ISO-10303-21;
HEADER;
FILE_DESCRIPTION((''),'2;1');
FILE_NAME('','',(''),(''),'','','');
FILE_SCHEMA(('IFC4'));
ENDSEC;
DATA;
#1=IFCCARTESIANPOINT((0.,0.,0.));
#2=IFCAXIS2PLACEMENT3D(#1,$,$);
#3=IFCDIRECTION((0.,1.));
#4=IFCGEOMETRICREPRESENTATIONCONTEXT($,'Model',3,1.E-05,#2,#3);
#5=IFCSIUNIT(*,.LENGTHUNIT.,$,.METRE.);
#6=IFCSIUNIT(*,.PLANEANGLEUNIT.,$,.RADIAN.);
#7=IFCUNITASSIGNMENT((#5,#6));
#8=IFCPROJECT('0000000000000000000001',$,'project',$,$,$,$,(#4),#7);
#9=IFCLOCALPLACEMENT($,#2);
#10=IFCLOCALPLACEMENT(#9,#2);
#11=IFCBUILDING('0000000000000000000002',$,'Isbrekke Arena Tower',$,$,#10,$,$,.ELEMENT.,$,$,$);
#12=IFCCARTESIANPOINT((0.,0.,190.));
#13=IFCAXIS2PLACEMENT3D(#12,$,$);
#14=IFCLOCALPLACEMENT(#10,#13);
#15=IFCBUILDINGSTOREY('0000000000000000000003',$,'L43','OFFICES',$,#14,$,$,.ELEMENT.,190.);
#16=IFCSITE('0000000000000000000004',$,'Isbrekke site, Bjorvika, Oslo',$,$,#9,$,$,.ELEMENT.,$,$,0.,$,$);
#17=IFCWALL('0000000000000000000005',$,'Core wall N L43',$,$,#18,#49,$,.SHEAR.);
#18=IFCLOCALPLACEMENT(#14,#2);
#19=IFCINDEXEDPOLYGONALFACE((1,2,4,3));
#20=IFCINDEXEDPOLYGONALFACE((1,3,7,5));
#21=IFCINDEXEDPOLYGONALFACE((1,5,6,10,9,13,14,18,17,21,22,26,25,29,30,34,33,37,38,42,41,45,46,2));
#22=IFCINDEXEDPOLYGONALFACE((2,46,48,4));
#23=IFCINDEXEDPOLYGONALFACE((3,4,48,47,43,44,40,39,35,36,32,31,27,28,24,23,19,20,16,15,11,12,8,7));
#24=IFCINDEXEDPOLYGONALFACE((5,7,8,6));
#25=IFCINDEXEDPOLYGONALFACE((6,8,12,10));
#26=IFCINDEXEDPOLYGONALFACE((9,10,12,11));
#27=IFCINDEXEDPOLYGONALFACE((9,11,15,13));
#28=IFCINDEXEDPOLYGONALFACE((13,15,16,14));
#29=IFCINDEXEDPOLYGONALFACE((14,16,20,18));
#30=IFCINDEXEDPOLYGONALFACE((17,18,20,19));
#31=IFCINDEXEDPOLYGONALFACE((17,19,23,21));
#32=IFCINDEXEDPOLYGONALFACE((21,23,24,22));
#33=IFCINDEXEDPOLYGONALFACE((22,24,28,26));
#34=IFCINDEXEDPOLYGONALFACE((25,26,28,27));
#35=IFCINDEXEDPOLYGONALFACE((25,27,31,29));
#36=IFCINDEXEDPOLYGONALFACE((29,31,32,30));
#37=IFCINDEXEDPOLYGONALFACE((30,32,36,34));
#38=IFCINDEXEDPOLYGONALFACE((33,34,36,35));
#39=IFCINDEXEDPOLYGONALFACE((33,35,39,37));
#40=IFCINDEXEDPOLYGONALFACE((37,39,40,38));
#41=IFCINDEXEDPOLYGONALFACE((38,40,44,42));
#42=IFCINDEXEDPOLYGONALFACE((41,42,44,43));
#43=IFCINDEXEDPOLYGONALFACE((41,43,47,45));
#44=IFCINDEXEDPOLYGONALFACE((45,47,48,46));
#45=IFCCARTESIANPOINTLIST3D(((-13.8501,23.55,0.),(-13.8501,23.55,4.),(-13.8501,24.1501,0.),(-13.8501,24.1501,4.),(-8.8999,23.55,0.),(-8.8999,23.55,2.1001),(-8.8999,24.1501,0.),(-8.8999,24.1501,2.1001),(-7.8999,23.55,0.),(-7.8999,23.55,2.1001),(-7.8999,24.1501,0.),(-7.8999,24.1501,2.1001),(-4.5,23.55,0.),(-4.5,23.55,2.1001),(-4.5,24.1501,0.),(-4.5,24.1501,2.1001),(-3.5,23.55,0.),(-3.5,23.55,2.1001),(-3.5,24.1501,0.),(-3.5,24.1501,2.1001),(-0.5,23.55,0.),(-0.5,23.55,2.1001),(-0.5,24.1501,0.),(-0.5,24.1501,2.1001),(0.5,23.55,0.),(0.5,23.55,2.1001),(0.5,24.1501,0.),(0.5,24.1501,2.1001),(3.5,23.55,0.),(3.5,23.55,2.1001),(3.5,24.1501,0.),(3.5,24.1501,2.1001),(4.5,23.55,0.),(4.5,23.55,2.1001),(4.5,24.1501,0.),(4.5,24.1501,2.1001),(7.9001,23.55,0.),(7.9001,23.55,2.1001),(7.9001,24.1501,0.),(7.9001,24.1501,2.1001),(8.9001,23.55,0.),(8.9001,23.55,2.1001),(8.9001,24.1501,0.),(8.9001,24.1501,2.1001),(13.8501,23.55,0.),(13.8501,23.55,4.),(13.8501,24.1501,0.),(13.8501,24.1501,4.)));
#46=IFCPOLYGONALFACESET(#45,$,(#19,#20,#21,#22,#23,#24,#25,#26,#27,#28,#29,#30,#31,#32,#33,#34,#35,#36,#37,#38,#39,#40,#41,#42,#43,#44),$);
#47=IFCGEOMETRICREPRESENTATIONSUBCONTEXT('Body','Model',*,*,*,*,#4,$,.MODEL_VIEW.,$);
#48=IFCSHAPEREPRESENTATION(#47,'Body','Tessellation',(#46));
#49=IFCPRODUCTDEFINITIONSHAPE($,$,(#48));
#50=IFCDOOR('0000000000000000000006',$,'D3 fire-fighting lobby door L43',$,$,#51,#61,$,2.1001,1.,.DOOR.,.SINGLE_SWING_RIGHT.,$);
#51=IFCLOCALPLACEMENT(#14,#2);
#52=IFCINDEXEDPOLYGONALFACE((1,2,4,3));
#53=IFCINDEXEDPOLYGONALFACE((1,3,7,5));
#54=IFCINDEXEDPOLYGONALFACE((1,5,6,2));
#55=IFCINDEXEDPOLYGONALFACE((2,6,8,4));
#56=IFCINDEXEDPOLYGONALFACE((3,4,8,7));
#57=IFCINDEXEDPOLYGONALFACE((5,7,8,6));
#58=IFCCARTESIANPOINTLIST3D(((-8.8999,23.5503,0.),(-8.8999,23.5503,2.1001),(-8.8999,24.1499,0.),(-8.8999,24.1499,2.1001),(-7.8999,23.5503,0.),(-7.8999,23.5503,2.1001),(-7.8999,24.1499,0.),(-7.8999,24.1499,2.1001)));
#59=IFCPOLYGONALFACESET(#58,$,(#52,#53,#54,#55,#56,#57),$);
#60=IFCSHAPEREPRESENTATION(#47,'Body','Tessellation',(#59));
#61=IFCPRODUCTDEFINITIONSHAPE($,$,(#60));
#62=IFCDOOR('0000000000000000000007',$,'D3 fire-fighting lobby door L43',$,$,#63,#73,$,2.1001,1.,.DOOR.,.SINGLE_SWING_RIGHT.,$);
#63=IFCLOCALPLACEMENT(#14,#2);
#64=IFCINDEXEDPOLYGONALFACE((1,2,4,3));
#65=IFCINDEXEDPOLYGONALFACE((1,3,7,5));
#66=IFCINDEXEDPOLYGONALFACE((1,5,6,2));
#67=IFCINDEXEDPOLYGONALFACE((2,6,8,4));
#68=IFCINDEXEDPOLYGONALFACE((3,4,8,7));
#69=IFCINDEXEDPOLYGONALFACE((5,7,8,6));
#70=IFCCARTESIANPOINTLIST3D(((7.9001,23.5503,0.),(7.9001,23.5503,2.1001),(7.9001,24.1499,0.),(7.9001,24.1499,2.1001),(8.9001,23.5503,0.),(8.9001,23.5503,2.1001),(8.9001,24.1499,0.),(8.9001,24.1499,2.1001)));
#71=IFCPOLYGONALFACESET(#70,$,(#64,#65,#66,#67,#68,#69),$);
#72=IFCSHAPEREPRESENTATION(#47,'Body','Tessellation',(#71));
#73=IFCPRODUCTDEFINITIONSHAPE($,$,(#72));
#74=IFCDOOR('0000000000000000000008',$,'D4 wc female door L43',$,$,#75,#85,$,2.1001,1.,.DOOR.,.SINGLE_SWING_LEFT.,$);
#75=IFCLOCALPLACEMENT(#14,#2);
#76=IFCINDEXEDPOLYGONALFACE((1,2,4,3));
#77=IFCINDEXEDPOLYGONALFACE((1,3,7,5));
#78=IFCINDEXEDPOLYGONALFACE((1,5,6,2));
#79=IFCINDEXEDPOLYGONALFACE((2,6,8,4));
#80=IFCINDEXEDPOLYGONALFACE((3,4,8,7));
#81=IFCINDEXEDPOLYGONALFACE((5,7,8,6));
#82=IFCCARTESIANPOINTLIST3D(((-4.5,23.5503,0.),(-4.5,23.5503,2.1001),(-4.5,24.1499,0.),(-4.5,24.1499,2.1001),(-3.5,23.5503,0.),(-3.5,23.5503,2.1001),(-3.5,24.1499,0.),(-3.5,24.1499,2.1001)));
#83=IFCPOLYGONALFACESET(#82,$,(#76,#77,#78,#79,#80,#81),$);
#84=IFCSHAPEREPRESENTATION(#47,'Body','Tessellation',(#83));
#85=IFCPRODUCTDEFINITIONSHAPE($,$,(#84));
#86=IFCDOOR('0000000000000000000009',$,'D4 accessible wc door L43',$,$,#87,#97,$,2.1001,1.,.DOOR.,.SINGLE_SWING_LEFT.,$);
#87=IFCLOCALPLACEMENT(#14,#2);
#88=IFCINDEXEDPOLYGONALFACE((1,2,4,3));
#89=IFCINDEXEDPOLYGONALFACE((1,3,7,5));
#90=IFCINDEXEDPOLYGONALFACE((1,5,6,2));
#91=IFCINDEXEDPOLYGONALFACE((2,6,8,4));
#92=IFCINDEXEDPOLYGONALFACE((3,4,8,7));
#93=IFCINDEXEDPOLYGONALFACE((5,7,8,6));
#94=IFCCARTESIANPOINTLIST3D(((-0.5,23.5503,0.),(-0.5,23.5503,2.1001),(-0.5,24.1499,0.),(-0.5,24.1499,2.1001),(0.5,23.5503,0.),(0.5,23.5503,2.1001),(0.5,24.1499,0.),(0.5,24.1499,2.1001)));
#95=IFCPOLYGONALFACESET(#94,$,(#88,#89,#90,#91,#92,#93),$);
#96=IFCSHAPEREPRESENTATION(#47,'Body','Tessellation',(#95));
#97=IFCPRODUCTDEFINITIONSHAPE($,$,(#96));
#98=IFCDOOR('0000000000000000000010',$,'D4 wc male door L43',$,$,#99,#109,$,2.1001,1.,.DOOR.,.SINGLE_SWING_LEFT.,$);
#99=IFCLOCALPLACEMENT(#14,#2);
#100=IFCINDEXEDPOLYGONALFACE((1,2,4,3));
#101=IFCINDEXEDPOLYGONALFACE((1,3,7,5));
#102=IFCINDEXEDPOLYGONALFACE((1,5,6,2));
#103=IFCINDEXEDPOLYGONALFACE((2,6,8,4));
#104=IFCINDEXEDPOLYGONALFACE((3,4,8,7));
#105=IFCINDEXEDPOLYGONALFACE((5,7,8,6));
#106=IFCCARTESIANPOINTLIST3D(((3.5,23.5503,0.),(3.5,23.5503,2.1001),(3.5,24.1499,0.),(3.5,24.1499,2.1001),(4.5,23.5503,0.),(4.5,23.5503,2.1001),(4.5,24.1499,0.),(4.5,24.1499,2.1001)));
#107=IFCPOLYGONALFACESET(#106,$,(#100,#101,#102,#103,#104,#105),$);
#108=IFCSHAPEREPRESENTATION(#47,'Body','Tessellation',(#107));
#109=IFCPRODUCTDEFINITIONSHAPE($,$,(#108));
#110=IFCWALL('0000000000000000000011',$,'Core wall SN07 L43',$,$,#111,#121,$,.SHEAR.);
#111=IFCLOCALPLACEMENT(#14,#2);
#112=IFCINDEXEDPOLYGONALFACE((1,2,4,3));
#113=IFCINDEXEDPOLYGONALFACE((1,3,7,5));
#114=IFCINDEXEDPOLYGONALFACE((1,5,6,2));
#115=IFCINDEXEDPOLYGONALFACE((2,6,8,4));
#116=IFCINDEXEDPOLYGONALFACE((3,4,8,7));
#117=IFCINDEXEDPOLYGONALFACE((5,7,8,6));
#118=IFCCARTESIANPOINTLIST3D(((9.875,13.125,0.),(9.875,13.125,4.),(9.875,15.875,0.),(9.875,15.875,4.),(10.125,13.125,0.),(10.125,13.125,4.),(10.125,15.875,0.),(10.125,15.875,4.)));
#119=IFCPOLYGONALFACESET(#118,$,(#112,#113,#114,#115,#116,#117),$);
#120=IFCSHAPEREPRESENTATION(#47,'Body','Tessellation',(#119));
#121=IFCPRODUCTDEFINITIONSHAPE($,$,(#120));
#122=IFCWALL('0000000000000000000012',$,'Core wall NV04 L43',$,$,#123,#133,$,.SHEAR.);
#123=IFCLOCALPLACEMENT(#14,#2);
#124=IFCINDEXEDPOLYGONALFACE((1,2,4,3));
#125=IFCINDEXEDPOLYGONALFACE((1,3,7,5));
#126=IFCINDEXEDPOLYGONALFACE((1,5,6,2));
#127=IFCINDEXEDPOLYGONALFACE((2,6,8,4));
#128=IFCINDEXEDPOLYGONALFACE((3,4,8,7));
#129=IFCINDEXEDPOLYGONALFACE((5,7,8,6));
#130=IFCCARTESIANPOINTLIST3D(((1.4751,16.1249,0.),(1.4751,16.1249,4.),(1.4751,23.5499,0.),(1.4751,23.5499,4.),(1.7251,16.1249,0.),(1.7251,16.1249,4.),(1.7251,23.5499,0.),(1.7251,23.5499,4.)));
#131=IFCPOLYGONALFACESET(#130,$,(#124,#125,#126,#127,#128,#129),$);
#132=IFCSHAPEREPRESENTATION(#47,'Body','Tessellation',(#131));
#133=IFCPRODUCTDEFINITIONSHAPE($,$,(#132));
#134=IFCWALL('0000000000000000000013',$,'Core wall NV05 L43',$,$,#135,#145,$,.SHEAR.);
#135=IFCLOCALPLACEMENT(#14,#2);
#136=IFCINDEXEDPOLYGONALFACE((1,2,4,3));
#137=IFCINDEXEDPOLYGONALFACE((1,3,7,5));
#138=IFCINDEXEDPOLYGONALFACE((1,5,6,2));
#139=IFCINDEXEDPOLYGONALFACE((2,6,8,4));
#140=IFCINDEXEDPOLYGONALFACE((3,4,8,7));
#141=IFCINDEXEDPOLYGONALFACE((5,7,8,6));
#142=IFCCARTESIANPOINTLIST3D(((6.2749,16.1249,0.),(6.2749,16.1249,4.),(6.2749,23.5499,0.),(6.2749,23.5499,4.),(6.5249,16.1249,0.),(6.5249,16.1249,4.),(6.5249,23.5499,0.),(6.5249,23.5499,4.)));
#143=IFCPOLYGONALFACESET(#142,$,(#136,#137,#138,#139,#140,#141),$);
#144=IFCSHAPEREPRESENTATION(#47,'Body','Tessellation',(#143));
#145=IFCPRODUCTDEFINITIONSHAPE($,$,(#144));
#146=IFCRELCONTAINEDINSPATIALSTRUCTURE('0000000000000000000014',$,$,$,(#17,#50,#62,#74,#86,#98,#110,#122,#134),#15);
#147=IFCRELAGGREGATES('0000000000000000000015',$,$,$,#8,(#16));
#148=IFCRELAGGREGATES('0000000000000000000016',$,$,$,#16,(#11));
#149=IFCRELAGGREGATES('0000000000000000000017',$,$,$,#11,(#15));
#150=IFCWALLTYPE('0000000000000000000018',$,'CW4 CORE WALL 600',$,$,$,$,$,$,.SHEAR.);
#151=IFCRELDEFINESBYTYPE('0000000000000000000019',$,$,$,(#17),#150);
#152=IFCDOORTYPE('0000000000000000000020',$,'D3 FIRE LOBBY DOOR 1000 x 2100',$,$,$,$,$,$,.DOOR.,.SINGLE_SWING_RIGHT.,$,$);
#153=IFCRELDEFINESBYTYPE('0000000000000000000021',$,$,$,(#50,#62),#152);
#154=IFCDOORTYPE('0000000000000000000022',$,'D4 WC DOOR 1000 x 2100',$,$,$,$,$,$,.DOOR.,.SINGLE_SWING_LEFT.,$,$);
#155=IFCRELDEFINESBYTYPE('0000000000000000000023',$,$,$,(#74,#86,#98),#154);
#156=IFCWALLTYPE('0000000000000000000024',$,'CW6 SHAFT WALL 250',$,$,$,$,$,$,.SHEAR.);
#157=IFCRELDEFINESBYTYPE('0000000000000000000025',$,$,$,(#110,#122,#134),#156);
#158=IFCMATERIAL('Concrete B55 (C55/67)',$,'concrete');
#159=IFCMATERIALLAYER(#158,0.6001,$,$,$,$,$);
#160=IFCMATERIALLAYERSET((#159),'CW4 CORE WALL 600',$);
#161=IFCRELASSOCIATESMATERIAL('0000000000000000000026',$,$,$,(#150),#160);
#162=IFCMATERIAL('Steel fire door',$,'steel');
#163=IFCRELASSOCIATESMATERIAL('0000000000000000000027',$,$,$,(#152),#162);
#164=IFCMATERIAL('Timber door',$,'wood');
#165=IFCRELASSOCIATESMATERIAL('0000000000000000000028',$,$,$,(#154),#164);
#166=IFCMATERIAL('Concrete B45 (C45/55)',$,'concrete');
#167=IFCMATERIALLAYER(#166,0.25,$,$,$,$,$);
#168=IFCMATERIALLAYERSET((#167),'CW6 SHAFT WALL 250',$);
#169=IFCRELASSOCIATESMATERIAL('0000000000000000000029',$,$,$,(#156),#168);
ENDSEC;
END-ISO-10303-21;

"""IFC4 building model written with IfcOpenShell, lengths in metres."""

from ifc_helpers import new_model, si_unit, direction, frame, frame_2d, origin, place, context, subcontext, project, spatial, rectangle, extrude, material, layer, layer_set, type_object, element, fill, save


model = new_model("IFC4")

# Units and contexts
model_context = context("Model", 3, precision=1e-05, world=origin(), true_north=direction((0.0, 1.0)))
body_context = subcontext(model_context, "Body", "Model", "MODEL_VIEW")
ifc_project = project(units=[si_unit("LENGTHUNIT", "METRE"), si_unit("PLANEANGLEUNIT", "RADIAN")], contexts=[model_context])

# Site, building, storey
site_placement = place(None, origin())
site = spatial("IfcSite", under=ifc_project, at=site_placement, Name="Isbrekke site, Bjorvika, Oslo", CompositionType="ELEMENT", RefElevation=0.0)
building_placement = place(site_placement, origin())
building = spatial("IfcBuilding", under=site, at=building_placement, Name="Isbrekke Arena Tower", CompositionType="ELEMENT")
storey_placement = place(building_placement, frame((0.0, 0.0, 190.0)))
storey = spatial("IfcBuildingStorey", under=building, at=storey_placement, Name="L43", Description="OFFICES", CompositionType="ELEMENT", Elevation=190.0)

# Wall, openings, doors
ifc_material_1 = material(Name="Concrete B55 (C55/67)", Category="concrete")
ifc_layer_1 = layer(ifc_material_1, 0.6001)
ifc_layer_set_1 = layer_set([ifc_layer_1], Name="CW4 CORE WALL 600")
wall_type_1 = type_object("IfcWallType", Name="CW4 CORE WALL 600", PredefinedType="SHEAR", material=ifc_layer_set_1)
wall_1_placement = place(storey_placement, frame((13.8501, 23.8501, 0.0), z_axis=(0.0, 0.0, 1.0), x_axis=(-1.0, 0.0, 0.0)))
wall_1 = element("IfcWall", 1, at=wall_1_placement, inside=storey, type_object=wall_type_1, Name="Core wall N L43", PredefinedType="SHEAR", context=body_context, shape_type="SweptSolid", body=[
    extrude(rectangle(XDim=27.7002, YDim=0.6001, at=frame_2d((13.8501, 0.0))), origin(), (0.0, 0.0, 1.0), 4.0),
])
opening_1_placement = place(wall_1_placement, frame((21.75, 0.0, 0.0)))
opening_1 = element("IfcOpeningElement", 2, at=opening_1_placement, cuts=wall_1, PredefinedType="OPENING", context=body_context, shape_type="SweptSolid", body=[
    extrude(rectangle(XDim=1.0, YDim=2.1001, at=frame_2d((0.5, 1.05))), frame((0.0, 0.3149, 0.0), z_axis=(0.0, -1.0, 0.0), x_axis=(1.0, 0.0, 0.0)), (0.0, 0.0, 1.0), 0.6299),
])
opening_2_placement = place(wall_1_placement, frame((4.95, 0.0, 0.0)))
opening_2 = element("IfcOpeningElement", 3, at=opening_2_placement, cuts=wall_1, PredefinedType="OPENING", context=body_context, shape_type="SweptSolid", body=[
    extrude(rectangle(XDim=1.0, YDim=2.1001, at=frame_2d((0.5, 1.05))), frame((0.0, 0.3149, 0.0), z_axis=(0.0, -1.0, 0.0), x_axis=(1.0, 0.0, 0.0)), (0.0, 0.0, 1.0), 0.6299),
])
opening_3_placement = place(wall_1_placement, frame((17.3501, 0.0, 0.0)))
opening_3 = element("IfcOpeningElement", 4, at=opening_3_placement, cuts=wall_1, PredefinedType="OPENING", context=body_context, shape_type="SweptSolid", body=[
    extrude(rectangle(XDim=1.0, YDim=2.1001, at=frame_2d((0.5, 1.05))), frame((0.0, 0.3149, 0.0), z_axis=(0.0, -1.0, 0.0), x_axis=(1.0, 0.0, 0.0)), (0.0, 0.0, 1.0), 0.6299),
])
opening_4_placement = place(wall_1_placement, frame((13.3501, 0.0, 0.0)))
opening_4 = element("IfcOpeningElement", 5, at=opening_4_placement, cuts=wall_1, PredefinedType="OPENING", context=body_context, shape_type="SweptSolid", body=[
    extrude(rectangle(XDim=1.0, YDim=2.1001, at=frame_2d((0.5, 1.05))), frame((0.0, 0.3149, 0.0), z_axis=(0.0, -1.0, 0.0), x_axis=(1.0, 0.0, 0.0)), (0.0, 0.0, 1.0), 0.6299),
])
opening_5_placement = place(wall_1_placement, frame((9.3501, 0.0, 0.0)))
opening_5 = element("IfcOpeningElement", 6, at=opening_5_placement, cuts=wall_1, PredefinedType="OPENING", context=body_context, shape_type="SweptSolid", body=[
    extrude(rectangle(XDim=1.0, YDim=2.1001, at=frame_2d((0.5, 1.05))), frame((0.0, 0.3149, 0.0), z_axis=(0.0, -1.0, 0.0), x_axis=(1.0, 0.0, 0.0)), (0.0, 0.0, 1.0), 0.6299),
])
ifc_material_2 = material(Name="Steel fire door", Category="steel")
door_type_1 = type_object("IfcDoorType", Name="D3 FIRE LOBBY DOOR 1000 x 2100", OperationType="SINGLE_SWING_RIGHT", PredefinedType="DOOR", material=ifc_material_2)
door_1_placement = place(opening_1_placement, origin())
door_1 = element("IfcDoor", 7, at=door_1_placement, inside=storey, type_object=door_type_1, Name="D3 fire-fighting lobby door L43", OperationType="SINGLE_SWING_RIGHT", OverallHeight=2.1001, OverallWidth=1.0, PredefinedType="DOOR", context=body_context, shape_type="SweptSolid", body=[
    extrude(rectangle(XDim=1.0, YDim=2.1001, at=frame_2d((0.5, 1.05))), frame((0.0, 0.2998, 0.0), z_axis=(0.0, -1.0, 0.0), x_axis=(1.0, 0.0, 0.0)), (0.0, 0.0, 1.0), 0.5996),
])
fill(opening_1, door_1)
door_2_placement = place(opening_2_placement, origin())
door_2 = element("IfcDoor", 8, at=door_2_placement, inside=storey, type_object=door_type_1, Name="D3 fire-fighting lobby door L43", OperationType="SINGLE_SWING_RIGHT", OverallHeight=2.1001, OverallWidth=1.0, PredefinedType="DOOR", context=body_context, shape_type="SweptSolid", body=[
    extrude(rectangle(XDim=1.0, YDim=2.1001, at=frame_2d((0.5, 1.05))), frame((0.0, 0.2998, 0.0), z_axis=(0.0, -1.0, 0.0), x_axis=(1.0, 0.0, 0.0)), (0.0, 0.0, 1.0), 0.5996),
])
fill(opening_2, door_2)
ifc_material_3 = material(Name="Timber door", Category="wood")
door_type_2 = type_object("IfcDoorType", Name="D4 WC DOOR 1000 x 2100", OperationType="SINGLE_SWING_LEFT", PredefinedType="DOOR", material=ifc_material_3)
door_3_placement = place(opening_3_placement, origin())
door_3 = element("IfcDoor", 9, at=door_3_placement, inside=storey, type_object=door_type_2, Name="D4 wc female door L43", OperationType="SINGLE_SWING_LEFT", OverallHeight=2.1001, OverallWidth=1.0, PredefinedType="DOOR", context=body_context, shape_type="SweptSolid", body=[
    extrude(rectangle(XDim=1.0, YDim=2.1001, at=frame_2d((0.5, 1.05))), frame((0.0, 0.2998, 0.0), z_axis=(0.0, -1.0, 0.0), x_axis=(1.0, 0.0, 0.0)), (0.0, 0.0, 1.0), 0.5996),
])
fill(opening_3, door_3)
door_4_placement = place(opening_4_placement, origin())
door_4 = element("IfcDoor", 10, at=door_4_placement, inside=storey, type_object=door_type_2, Name="D4 accessible wc door L43", OperationType="SINGLE_SWING_LEFT", OverallHeight=2.1001, OverallWidth=1.0, PredefinedType="DOOR", context=body_context, shape_type="SweptSolid", body=[
    extrude(rectangle(XDim=1.0, YDim=2.1001, at=frame_2d((0.5, 1.05))), frame((0.0, 0.2998, 0.0), z_axis=(0.0, -1.0, 0.0), x_axis=(1.0, 0.0, 0.0)), (0.0, 0.0, 1.0), 0.5996),
])
fill(opening_4, door_4)
door_5_placement = place(opening_5_placement, origin())
door_5 = element("IfcDoor", 11, at=door_5_placement, inside=storey, type_object=door_type_2, Name="D4 wc male door L43", OperationType="SINGLE_SWING_LEFT", OverallHeight=2.1001, OverallWidth=1.0, PredefinedType="DOOR", context=body_context, shape_type="SweptSolid", body=[
    extrude(rectangle(XDim=1.0, YDim=2.1001, at=frame_2d((0.5, 1.05))), frame((0.0, 0.2998, 0.0), z_axis=(0.0, -1.0, 0.0), x_axis=(1.0, 0.0, 0.0)), (0.0, 0.0, 1.0), 0.5996),
])
fill(opening_5, door_5)

# Walls
ifc_material_4 = material(Name="Concrete B45 (C45/55)", Category="concrete")
ifc_layer_2 = layer(ifc_material_4, 0.25)
ifc_layer_set_2 = layer_set([ifc_layer_2], Name="CW6 SHAFT WALL 250")
wall_type_2 = type_object("IfcWallType", Name="CW6 SHAFT WALL 250", PredefinedType="SHEAR", material=ifc_layer_set_2)
wall_2_placement = place(storey_placement, frame((10.0, 13.125, 0.0), z_axis=(0.0, 0.0, 1.0), x_axis=(0.0, 1.0, 0.0)))
element("IfcWall", 12, at=wall_2_placement, inside=storey, type_object=wall_type_2, Name="Core wall SN07 L43", PredefinedType="SHEAR", context=body_context, shape_type="SweptSolid", body=[
    extrude(rectangle(XDim=2.75, YDim=0.25, at=frame_2d((1.375, 0.0))), origin(), (0.0, 0.0, 1.0), 4.0),
])
for number, where, z_axis, x_axis, name in (
    (13, (1.6001, 16.125, 0.0), (0.0, 0.0, 1.0), (0.0, 1.0, 0.0), "Core wall NV04 L43"),
    (14, (6.3999, 16.125, 0.0), (0.0, 0.0, 1.0), (0.0, 1.0, 0.0), "Core wall NV05 L43"),
):
    element("IfcWall", number, at=place(storey_placement, frame(where, z_axis=z_axis, x_axis=x_axis)), inside=storey, type_object=wall_type_2, Name=name, PredefinedType="SHEAR", context=body_context, shape_type="SweptSolid", body=[
        extrude(rectangle(XDim=7.425, YDim=0.25, at=frame_2d((3.7124, 0.0))), origin(), (0.0, 0.0, 1.0), 4.0),
    ])

save(model, "model.ifc")
